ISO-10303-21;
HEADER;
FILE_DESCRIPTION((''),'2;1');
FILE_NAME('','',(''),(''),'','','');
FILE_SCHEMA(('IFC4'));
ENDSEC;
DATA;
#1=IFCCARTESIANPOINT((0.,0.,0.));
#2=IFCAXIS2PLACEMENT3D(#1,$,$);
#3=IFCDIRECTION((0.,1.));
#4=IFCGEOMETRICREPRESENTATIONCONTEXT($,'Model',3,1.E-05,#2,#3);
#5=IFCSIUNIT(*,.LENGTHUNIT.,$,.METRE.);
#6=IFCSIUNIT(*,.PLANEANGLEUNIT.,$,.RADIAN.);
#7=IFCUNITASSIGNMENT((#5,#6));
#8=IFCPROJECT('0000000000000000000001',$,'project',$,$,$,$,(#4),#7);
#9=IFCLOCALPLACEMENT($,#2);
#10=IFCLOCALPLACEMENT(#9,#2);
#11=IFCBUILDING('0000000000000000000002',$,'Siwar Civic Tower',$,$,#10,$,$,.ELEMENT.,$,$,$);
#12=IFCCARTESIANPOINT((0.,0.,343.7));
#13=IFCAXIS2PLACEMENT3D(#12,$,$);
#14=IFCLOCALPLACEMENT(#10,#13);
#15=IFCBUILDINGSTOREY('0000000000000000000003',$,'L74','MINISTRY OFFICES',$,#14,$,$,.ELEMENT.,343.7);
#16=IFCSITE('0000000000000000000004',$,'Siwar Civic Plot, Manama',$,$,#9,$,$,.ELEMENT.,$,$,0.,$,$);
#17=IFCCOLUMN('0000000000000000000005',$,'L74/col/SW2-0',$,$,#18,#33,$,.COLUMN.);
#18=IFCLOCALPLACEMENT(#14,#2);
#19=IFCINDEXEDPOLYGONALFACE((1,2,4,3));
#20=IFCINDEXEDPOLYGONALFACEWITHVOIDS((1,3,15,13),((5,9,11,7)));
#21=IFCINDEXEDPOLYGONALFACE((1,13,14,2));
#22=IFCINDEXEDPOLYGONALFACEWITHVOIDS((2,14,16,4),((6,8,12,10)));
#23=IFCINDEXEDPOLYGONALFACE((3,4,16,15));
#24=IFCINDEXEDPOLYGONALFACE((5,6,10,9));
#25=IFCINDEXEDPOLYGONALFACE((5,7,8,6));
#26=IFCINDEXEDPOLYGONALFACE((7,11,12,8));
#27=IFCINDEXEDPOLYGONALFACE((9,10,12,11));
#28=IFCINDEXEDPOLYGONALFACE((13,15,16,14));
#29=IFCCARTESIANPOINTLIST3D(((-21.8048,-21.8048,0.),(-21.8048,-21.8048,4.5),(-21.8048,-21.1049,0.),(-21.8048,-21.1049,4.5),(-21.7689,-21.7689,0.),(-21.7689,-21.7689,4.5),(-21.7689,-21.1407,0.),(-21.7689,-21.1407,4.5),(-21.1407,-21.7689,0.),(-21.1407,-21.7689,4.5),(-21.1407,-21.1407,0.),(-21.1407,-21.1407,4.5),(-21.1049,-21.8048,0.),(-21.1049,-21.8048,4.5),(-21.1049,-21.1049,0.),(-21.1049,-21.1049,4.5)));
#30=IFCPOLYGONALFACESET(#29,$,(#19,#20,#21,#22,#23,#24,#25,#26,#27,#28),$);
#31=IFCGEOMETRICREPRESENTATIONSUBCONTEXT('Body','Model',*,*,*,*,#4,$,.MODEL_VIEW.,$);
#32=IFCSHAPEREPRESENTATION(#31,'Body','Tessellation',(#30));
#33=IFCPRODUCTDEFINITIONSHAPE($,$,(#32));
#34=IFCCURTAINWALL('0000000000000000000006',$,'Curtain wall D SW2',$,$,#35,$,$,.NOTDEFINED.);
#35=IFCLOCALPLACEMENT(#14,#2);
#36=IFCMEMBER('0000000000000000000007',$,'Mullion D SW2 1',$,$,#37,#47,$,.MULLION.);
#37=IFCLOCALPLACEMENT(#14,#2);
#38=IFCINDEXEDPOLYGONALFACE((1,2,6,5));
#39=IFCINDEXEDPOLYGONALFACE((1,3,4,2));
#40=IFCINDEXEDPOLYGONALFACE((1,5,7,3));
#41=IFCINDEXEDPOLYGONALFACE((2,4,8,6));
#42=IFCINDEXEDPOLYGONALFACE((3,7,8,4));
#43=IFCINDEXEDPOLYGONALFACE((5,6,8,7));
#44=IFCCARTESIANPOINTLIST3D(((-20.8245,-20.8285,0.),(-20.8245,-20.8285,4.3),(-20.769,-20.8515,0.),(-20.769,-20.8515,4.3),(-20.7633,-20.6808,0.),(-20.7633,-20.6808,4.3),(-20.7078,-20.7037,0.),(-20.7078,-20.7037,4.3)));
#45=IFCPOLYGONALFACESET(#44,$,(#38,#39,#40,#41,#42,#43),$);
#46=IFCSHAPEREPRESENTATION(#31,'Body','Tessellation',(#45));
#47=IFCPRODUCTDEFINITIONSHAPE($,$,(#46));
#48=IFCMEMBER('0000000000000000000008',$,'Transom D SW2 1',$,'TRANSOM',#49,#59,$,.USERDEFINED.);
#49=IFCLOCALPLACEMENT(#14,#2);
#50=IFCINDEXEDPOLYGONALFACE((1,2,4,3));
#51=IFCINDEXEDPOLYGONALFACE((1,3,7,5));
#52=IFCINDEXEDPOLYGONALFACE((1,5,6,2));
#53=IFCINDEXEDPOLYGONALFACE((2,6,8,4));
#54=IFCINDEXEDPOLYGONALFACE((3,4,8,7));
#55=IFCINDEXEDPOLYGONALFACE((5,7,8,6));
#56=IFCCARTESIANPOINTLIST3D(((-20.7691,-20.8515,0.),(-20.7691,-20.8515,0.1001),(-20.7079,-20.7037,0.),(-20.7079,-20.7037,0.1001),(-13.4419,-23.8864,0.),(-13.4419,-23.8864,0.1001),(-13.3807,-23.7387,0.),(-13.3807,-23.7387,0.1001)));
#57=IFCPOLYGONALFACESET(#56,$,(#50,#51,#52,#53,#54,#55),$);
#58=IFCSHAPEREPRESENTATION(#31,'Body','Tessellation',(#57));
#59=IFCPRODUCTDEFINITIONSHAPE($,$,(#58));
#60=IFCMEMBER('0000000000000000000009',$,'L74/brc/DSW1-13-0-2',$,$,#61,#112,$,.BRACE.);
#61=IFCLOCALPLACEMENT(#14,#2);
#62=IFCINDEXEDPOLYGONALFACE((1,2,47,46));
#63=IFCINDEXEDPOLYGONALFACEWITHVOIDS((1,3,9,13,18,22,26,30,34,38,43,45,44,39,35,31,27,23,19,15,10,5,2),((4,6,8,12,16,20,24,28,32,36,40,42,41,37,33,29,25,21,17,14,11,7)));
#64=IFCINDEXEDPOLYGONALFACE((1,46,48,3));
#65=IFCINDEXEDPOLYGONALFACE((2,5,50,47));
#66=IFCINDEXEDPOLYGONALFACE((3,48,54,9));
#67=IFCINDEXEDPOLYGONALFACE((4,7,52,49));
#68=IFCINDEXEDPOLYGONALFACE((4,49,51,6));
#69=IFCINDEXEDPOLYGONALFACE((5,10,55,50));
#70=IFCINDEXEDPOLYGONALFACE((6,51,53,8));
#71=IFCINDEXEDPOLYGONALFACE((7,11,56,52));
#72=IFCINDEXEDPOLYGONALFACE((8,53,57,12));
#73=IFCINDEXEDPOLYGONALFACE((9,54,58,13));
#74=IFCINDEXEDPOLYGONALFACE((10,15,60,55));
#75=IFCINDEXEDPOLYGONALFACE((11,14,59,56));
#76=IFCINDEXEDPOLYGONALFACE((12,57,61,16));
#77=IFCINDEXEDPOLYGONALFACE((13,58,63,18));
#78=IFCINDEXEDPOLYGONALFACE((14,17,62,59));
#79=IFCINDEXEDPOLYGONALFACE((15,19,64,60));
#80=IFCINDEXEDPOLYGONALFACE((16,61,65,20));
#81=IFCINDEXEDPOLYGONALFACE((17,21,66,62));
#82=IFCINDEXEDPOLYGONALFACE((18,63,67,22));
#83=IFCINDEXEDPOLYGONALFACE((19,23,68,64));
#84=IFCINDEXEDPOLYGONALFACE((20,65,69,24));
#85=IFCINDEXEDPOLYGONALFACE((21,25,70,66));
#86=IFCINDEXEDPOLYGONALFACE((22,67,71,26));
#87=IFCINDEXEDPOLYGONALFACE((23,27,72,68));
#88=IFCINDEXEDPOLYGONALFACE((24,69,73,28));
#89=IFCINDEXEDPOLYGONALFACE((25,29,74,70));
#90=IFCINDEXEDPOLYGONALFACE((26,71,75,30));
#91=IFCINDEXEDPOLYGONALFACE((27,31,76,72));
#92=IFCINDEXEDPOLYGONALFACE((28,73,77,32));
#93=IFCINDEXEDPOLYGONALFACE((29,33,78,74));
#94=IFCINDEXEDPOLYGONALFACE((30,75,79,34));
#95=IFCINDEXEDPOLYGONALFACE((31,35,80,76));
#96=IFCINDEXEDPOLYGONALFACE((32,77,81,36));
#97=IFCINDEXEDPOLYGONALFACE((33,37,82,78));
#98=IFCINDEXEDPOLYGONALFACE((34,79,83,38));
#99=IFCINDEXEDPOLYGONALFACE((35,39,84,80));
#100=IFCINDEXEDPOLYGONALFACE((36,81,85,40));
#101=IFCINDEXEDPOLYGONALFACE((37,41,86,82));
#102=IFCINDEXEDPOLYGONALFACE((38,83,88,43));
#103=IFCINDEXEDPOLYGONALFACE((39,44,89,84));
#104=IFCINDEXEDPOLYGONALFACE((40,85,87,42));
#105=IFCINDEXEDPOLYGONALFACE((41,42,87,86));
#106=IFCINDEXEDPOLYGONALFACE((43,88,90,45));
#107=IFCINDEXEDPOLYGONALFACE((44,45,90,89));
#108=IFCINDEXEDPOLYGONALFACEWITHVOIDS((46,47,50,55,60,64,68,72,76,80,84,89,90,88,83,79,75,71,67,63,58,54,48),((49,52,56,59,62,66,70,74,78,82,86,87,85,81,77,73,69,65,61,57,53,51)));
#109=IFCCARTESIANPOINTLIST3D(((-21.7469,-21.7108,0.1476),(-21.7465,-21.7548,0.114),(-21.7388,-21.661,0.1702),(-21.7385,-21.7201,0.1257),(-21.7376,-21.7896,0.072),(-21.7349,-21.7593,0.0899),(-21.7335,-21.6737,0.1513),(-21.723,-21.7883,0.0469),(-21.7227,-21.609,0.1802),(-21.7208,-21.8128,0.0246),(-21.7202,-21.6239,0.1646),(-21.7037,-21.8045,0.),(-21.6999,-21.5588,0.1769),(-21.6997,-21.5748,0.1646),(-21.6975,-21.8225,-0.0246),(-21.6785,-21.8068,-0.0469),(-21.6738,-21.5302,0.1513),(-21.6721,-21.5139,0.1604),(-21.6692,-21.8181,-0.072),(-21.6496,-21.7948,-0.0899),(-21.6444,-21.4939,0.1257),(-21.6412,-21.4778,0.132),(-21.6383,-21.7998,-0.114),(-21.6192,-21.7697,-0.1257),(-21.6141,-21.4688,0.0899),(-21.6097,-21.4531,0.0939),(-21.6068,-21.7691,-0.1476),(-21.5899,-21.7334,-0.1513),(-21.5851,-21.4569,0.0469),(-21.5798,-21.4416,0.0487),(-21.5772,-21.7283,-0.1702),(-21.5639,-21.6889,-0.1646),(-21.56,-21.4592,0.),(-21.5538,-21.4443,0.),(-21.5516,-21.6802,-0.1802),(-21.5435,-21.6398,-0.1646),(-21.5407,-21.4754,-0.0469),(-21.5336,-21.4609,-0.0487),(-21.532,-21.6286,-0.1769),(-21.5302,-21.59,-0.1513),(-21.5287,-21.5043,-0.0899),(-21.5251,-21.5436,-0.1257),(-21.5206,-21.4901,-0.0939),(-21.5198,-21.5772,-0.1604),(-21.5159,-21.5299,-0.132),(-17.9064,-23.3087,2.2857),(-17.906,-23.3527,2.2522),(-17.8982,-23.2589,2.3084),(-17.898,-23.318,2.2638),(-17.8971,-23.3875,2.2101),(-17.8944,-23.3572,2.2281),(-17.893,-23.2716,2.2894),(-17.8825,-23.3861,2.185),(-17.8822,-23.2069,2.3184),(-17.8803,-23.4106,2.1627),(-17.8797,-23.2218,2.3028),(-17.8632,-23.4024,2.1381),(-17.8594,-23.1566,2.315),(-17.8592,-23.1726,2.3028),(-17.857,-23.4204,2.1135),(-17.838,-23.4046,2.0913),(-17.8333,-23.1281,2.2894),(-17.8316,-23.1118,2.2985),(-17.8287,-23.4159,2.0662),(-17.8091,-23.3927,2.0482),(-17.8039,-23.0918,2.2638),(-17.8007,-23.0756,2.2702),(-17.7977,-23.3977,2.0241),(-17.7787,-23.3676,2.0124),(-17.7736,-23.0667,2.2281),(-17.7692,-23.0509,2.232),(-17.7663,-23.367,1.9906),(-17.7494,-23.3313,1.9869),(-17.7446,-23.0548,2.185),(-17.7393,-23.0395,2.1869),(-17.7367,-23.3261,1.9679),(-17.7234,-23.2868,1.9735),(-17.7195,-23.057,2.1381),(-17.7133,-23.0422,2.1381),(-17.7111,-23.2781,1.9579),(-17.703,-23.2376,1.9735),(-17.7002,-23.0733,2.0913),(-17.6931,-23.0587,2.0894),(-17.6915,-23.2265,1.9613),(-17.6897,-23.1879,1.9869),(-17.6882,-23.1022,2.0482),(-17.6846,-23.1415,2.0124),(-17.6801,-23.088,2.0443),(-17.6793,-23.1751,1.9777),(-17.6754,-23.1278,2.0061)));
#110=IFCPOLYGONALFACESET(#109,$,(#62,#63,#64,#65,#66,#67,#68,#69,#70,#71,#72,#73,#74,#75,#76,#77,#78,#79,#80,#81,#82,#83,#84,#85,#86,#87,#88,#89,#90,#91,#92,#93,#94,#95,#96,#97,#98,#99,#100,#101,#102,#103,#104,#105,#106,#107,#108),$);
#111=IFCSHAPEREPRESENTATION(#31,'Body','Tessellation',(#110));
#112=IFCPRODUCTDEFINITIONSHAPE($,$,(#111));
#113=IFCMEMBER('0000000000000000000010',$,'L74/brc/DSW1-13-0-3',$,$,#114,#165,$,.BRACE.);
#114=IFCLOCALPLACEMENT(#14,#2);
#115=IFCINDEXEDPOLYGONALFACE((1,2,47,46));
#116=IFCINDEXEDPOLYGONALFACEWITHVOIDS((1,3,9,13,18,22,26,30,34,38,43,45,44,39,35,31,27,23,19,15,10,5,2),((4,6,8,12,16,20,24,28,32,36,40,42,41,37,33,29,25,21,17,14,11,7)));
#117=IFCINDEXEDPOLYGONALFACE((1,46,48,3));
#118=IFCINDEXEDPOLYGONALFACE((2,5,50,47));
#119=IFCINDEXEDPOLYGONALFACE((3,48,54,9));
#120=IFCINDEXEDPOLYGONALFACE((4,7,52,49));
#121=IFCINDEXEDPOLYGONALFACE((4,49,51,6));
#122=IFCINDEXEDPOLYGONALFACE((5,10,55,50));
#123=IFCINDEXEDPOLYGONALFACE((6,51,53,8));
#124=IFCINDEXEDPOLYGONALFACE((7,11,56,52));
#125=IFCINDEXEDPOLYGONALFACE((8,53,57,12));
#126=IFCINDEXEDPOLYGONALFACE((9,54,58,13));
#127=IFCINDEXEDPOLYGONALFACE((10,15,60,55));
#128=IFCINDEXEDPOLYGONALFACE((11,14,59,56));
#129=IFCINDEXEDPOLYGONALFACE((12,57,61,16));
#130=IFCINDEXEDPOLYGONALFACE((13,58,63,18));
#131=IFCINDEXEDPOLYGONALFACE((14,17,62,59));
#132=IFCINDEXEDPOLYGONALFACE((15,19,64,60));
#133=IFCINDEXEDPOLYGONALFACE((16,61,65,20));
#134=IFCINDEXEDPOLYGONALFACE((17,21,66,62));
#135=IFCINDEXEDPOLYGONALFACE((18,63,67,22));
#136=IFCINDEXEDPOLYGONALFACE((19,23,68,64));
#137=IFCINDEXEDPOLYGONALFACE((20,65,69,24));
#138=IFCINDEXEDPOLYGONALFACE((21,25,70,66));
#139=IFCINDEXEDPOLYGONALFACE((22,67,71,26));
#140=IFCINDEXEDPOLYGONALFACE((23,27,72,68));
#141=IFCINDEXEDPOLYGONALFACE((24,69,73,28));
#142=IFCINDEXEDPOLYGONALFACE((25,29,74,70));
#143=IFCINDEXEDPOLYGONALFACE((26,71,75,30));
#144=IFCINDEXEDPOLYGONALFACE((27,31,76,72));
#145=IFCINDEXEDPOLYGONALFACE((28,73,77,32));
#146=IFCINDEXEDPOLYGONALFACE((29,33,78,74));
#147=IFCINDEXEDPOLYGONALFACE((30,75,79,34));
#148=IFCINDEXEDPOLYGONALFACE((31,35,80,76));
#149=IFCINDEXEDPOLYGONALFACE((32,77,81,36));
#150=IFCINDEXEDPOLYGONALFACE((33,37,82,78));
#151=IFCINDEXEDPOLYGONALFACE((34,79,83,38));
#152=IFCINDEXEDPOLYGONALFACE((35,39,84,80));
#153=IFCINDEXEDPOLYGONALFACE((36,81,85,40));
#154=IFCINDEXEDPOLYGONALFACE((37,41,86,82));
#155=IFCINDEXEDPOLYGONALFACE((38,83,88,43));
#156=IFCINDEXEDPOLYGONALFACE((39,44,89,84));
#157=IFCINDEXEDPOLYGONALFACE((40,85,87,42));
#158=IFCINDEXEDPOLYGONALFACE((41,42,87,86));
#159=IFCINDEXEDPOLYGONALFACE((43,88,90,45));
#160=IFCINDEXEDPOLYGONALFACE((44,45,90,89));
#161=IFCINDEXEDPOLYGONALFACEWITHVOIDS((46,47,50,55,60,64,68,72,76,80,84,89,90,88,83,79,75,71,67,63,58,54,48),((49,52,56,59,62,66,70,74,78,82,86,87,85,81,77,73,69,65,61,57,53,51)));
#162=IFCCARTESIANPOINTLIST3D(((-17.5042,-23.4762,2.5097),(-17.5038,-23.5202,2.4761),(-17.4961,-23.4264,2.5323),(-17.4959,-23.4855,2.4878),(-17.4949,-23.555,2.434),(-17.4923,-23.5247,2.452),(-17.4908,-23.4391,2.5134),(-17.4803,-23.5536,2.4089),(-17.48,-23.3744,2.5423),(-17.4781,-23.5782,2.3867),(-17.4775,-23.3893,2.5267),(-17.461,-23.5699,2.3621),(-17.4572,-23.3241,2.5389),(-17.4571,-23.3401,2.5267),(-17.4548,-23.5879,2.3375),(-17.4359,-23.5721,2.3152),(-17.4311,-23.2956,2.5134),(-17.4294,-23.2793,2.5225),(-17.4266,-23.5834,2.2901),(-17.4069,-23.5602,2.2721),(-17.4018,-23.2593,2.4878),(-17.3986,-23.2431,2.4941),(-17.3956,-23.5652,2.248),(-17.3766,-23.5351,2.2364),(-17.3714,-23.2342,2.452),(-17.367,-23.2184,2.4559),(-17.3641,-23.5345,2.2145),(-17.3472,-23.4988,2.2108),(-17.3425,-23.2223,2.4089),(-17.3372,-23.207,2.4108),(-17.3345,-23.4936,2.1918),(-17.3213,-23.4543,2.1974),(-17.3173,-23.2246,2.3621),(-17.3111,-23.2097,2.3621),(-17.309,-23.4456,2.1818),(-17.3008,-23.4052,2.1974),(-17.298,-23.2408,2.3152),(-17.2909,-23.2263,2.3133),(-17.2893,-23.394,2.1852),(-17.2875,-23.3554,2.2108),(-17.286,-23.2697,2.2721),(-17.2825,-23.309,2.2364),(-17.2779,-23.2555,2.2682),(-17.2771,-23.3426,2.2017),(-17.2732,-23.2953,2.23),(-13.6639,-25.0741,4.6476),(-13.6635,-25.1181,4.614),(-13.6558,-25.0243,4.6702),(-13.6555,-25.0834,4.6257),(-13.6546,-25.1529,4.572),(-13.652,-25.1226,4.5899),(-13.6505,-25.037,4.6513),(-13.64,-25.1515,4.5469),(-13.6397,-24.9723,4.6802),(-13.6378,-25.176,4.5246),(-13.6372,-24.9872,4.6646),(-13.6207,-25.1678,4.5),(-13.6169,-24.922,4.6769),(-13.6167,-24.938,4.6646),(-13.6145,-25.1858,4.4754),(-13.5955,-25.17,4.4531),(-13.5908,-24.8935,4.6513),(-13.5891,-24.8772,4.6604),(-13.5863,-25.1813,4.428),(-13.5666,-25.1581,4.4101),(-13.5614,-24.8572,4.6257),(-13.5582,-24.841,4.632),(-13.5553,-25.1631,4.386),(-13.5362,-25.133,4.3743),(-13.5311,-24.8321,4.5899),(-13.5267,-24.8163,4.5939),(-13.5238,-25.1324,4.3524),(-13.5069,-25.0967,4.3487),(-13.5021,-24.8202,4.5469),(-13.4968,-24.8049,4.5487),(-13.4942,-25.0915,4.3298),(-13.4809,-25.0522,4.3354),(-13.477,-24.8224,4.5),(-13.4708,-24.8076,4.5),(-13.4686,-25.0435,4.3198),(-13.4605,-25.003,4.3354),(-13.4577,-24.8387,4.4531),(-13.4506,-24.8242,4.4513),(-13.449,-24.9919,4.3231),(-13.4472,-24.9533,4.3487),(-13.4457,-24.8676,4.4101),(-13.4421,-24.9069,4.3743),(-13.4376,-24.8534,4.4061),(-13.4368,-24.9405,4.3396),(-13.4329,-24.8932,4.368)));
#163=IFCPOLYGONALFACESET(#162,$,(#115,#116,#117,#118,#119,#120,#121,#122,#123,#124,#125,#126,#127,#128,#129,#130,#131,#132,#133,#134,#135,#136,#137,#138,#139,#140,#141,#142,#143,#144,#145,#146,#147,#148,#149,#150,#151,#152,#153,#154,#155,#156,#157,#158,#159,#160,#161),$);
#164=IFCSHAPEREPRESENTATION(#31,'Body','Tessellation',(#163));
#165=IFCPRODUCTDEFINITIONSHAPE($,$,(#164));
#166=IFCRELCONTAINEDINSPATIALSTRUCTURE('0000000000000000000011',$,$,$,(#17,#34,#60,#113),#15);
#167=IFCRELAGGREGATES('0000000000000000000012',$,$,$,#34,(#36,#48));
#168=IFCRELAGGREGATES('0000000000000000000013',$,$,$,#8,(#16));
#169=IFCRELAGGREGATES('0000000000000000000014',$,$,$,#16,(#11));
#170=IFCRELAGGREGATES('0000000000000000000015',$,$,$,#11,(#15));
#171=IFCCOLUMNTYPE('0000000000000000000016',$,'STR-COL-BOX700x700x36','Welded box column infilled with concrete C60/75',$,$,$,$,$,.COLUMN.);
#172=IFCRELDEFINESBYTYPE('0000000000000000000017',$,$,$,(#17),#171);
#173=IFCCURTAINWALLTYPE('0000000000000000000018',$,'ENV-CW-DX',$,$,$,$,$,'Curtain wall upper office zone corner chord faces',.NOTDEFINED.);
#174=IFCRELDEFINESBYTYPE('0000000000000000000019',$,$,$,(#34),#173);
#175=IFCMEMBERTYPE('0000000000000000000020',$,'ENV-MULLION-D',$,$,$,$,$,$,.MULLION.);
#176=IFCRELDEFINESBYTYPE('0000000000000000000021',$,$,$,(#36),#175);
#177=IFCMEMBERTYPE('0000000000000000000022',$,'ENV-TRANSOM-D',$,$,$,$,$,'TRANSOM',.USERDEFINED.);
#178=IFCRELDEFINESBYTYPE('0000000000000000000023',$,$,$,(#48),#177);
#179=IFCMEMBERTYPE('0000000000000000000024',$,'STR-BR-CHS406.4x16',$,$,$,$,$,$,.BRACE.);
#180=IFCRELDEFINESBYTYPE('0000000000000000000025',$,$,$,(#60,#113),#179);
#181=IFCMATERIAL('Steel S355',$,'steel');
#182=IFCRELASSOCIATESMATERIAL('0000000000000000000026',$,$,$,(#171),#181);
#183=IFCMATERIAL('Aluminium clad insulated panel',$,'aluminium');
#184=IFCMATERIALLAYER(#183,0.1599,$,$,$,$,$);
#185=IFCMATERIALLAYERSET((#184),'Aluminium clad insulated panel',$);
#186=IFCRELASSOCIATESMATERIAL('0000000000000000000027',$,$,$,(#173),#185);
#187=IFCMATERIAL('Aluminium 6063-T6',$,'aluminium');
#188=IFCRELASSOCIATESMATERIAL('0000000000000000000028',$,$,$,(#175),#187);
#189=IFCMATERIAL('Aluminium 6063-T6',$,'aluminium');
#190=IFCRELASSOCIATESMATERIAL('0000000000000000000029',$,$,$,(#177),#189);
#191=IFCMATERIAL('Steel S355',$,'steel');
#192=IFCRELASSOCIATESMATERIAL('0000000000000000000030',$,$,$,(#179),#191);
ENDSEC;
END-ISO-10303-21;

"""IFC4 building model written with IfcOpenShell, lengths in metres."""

from ifc_helpers import new_model, si_unit, direction, frame, origin, origin_2d, place, context, subcontext, project, spatial, rectangle, hollow_rectangle, hollow_circle, extrude, material, layer, layer_set, material_profile, profile_set, type_object, element, aggregate, save


model = new_model("IFC4")

# Units and contexts
model_context = context("Model", 3, precision=1e-05, world=origin(), true_north=direction((0.0, 1.0)))
body_context = subcontext(model_context, "Body", "Model", "MODEL_VIEW")
ifc_project = project(units=[si_unit("LENGTHUNIT", "METRE"), si_unit("PLANEANGLEUNIT", "RADIAN")], contexts=[model_context])

# Site, building, storey
site_placement = place(None, origin())
site = spatial("IfcSite", under=ifc_project, at=site_placement, Name="Siwar Civic Plot, Manama", CompositionType="ELEMENT", RefElevation=0.0)
building_placement = place(site_placement, origin())
building = spatial("IfcBuilding", under=site, at=building_placement, Name="Siwar Civic Tower", CompositionType="ELEMENT")
storey_placement = place(building_placement, frame((0.0, 0.0, 343.7)))
storey = spatial("IfcBuildingStorey", under=building, at=storey_placement, Name="L74", Description="MINISTRY OFFICES", CompositionType="ELEMENT", Elevation=343.7)

# Column
ifc_material_1 = material(Name="Steel S355", Category="steel")
ifc_material_profile_1 = material_profile(ifc_material_1, hollow_rectangle(XDim=0.7, YDim=0.7, WallThickness=0.0359, at=origin_2d()), Name="BOX700x700x36")
ifc_profile_set_1 = profile_set([ifc_material_profile_1], Name="Steel S355")
column_type = type_object("IfcColumnType", Name="STR-COL-BOX700x700x36", Description="Welded box column infilled with concrete C60/75", PredefinedType="COLUMN", material=ifc_profile_set_1)
column_placement = place(storey_placement, frame((-21.4548, -21.4548, 0.0), z_axis=(0.0, 0.0, 1.0), x_axis=(1.0, 0.0, 0.0)))
element("IfcColumn", 1, at=column_placement, inside=storey, type_object=column_type, Name="L74/col/SW2-0", PredefinedType="COLUMN", context=body_context, shape_type="SweptSolid", body=[
    extrude(hollow_rectangle(XDim=0.7, YDim=0.7, WallThickness=0.0359, at=origin_2d()), origin(), (0.0, 0.0, 1.0), 4.5),
])

# Curtain wall, members
ifc_material_2 = material(Name="Aluminium clad insulated panel", Category="aluminium")
ifc_layer_1 = layer(ifc_material_2, 0.1599)
ifc_layer_set_1 = layer_set([ifc_layer_1], Name="Aluminium clad insulated panel")
curtain_wall_type = type_object("IfcCurtainWallType", Name="ENV-CW-DX", ElementType="Curtain wall upper office zone corner chord faces", PredefinedType="NOTDEFINED", material=ifc_layer_set_1)
curtain_wall_1_placement = place(storey_placement, origin())
curtain_wall_1 = element("IfcCurtainWall", 2, at=curtain_wall_1_placement, inside=storey, type_object=curtain_wall_type, Name="Curtain wall D SW2", PredefinedType="NOTDEFINED")
ifc_material_3 = material(Name="Aluminium 6063-T6", Category="aluminium")
ifc_material_profile_2 = material_profile(ifc_material_3, rectangle(XDim=0.1599, YDim=0.0601, at=origin_2d()), Name="AL 160x60")
ifc_profile_set_2 = profile_set([ifc_material_profile_2], Name="Aluminium 6063-T6")
member_type_1 = type_object("IfcMemberType", Name="ENV-MULLION-D", PredefinedType="MULLION", material=ifc_profile_set_2)
member_1_placement = place(storey_placement, frame((-20.7661, -20.7661, 0.0), z_axis=(0.0, 0.0, 1.0), x_axis=(0.382683, 0.92388, 0.0)))
member_1 = element("IfcMember", 3, at=member_1_placement, type_object=member_type_1, Name="Mullion D SW2 1", PredefinedType="MULLION", context=body_context, shape_type="SweptSolid", body=[
    extrude(rectangle(XDim=0.1599, YDim=0.0601, at=origin_2d()), origin(), (0.0, 0.0, 1.0), 4.3),
])
ifc_material_4 = material(Name="Aluminium 6063-T6", Category="aluminium")
ifc_material_profile_3 = material_profile(ifc_material_4, rectangle(XDim=0.1599, YDim=0.1001, at=origin_2d()), Name="AL 160x100")
ifc_profile_set_3 = profile_set([ifc_material_profile_3], Name="Aluminium 6063-T6")
member_type_2 = type_object("IfcMemberType", Name="ENV-TRANSOM-D", ElementType="TRANSOM", PredefinedType="USERDEFINED", material=ifc_profile_set_3)
member_2_placement = place(storey_placement, frame((-20.7385, -20.7776, 0.05), z_axis=(0.923884, -0.382674, 0.0), x_axis=(0.382674, 0.923884, 0.0)))
member_2 = element("IfcMember", 4, at=member_2_placement, type_object=member_type_2, Name="Transom D SW2 1", ObjectType="TRANSOM", PredefinedType="USERDEFINED", context=body_context, shape_type="SweptSolid", body=[
    extrude(rectangle(XDim=0.1599, YDim=0.1001, at=origin_2d()), origin(), (0.0, 0.0, 1.0), 7.9309),
])

# Members
ifc_material_5 = material(Name="Steel S355", Category="steel")
ifc_material_profile_4 = material_profile(ifc_material_5, hollow_circle(Radius=0.2031, WallThickness=0.0161, at=origin_2d()), Name="CHS406.4x16")
ifc_profile_set_4 = profile_set([ifc_material_profile_4], Name="Steel S355")
member_type_3 = type_object("IfcMemberType", Name="STR-BR-CHS406.4x16", PredefinedType="BRACE", material=ifc_profile_set_4)
member_3_placement = place(storey_placement, frame((-21.6318, -21.6318, 0.0), z_axis=(0.821147, -0.341644, 0.457161), x_axis=(0.384136, 0.923276, 0.0)))
element("IfcMember", 5, at=member_3_placement, inside=storey, type_object=member_type_3, Name="L74/brc/DSW1-13-0-2", PredefinedType="BRACE", context=body_context, shape_type="SweptSolid", body=[
    extrude(hollow_circle(Radius=0.2031, WallThickness=0.0161, at=origin_2d()), origin(), (0.0, 0.0, 1.0), 4.677),
])
member_4_placement = place(storey_placement, frame((-17.3892, -23.3972, 2.3621), z_axis=(0.82115, -0.341667, 0.45714), x_axis=(0.384157, 0.923268, 0.0)))
element("IfcMember", 6, at=member_4_placement, inside=storey, type_object=member_type_3, Name="L74/brc/DSW1-13-0-3", PredefinedType="BRACE", context=body_context, shape_type="SweptSolid", body=[
    extrude(hollow_circle(Radius=0.2031, WallThickness=0.0161, at=origin_2d()), origin(), (0.0, 0.0, 1.0), 4.6768),
])

aggregate(curtain_wall_1, [member_1, member_2])

save(model, "model.ifc")
